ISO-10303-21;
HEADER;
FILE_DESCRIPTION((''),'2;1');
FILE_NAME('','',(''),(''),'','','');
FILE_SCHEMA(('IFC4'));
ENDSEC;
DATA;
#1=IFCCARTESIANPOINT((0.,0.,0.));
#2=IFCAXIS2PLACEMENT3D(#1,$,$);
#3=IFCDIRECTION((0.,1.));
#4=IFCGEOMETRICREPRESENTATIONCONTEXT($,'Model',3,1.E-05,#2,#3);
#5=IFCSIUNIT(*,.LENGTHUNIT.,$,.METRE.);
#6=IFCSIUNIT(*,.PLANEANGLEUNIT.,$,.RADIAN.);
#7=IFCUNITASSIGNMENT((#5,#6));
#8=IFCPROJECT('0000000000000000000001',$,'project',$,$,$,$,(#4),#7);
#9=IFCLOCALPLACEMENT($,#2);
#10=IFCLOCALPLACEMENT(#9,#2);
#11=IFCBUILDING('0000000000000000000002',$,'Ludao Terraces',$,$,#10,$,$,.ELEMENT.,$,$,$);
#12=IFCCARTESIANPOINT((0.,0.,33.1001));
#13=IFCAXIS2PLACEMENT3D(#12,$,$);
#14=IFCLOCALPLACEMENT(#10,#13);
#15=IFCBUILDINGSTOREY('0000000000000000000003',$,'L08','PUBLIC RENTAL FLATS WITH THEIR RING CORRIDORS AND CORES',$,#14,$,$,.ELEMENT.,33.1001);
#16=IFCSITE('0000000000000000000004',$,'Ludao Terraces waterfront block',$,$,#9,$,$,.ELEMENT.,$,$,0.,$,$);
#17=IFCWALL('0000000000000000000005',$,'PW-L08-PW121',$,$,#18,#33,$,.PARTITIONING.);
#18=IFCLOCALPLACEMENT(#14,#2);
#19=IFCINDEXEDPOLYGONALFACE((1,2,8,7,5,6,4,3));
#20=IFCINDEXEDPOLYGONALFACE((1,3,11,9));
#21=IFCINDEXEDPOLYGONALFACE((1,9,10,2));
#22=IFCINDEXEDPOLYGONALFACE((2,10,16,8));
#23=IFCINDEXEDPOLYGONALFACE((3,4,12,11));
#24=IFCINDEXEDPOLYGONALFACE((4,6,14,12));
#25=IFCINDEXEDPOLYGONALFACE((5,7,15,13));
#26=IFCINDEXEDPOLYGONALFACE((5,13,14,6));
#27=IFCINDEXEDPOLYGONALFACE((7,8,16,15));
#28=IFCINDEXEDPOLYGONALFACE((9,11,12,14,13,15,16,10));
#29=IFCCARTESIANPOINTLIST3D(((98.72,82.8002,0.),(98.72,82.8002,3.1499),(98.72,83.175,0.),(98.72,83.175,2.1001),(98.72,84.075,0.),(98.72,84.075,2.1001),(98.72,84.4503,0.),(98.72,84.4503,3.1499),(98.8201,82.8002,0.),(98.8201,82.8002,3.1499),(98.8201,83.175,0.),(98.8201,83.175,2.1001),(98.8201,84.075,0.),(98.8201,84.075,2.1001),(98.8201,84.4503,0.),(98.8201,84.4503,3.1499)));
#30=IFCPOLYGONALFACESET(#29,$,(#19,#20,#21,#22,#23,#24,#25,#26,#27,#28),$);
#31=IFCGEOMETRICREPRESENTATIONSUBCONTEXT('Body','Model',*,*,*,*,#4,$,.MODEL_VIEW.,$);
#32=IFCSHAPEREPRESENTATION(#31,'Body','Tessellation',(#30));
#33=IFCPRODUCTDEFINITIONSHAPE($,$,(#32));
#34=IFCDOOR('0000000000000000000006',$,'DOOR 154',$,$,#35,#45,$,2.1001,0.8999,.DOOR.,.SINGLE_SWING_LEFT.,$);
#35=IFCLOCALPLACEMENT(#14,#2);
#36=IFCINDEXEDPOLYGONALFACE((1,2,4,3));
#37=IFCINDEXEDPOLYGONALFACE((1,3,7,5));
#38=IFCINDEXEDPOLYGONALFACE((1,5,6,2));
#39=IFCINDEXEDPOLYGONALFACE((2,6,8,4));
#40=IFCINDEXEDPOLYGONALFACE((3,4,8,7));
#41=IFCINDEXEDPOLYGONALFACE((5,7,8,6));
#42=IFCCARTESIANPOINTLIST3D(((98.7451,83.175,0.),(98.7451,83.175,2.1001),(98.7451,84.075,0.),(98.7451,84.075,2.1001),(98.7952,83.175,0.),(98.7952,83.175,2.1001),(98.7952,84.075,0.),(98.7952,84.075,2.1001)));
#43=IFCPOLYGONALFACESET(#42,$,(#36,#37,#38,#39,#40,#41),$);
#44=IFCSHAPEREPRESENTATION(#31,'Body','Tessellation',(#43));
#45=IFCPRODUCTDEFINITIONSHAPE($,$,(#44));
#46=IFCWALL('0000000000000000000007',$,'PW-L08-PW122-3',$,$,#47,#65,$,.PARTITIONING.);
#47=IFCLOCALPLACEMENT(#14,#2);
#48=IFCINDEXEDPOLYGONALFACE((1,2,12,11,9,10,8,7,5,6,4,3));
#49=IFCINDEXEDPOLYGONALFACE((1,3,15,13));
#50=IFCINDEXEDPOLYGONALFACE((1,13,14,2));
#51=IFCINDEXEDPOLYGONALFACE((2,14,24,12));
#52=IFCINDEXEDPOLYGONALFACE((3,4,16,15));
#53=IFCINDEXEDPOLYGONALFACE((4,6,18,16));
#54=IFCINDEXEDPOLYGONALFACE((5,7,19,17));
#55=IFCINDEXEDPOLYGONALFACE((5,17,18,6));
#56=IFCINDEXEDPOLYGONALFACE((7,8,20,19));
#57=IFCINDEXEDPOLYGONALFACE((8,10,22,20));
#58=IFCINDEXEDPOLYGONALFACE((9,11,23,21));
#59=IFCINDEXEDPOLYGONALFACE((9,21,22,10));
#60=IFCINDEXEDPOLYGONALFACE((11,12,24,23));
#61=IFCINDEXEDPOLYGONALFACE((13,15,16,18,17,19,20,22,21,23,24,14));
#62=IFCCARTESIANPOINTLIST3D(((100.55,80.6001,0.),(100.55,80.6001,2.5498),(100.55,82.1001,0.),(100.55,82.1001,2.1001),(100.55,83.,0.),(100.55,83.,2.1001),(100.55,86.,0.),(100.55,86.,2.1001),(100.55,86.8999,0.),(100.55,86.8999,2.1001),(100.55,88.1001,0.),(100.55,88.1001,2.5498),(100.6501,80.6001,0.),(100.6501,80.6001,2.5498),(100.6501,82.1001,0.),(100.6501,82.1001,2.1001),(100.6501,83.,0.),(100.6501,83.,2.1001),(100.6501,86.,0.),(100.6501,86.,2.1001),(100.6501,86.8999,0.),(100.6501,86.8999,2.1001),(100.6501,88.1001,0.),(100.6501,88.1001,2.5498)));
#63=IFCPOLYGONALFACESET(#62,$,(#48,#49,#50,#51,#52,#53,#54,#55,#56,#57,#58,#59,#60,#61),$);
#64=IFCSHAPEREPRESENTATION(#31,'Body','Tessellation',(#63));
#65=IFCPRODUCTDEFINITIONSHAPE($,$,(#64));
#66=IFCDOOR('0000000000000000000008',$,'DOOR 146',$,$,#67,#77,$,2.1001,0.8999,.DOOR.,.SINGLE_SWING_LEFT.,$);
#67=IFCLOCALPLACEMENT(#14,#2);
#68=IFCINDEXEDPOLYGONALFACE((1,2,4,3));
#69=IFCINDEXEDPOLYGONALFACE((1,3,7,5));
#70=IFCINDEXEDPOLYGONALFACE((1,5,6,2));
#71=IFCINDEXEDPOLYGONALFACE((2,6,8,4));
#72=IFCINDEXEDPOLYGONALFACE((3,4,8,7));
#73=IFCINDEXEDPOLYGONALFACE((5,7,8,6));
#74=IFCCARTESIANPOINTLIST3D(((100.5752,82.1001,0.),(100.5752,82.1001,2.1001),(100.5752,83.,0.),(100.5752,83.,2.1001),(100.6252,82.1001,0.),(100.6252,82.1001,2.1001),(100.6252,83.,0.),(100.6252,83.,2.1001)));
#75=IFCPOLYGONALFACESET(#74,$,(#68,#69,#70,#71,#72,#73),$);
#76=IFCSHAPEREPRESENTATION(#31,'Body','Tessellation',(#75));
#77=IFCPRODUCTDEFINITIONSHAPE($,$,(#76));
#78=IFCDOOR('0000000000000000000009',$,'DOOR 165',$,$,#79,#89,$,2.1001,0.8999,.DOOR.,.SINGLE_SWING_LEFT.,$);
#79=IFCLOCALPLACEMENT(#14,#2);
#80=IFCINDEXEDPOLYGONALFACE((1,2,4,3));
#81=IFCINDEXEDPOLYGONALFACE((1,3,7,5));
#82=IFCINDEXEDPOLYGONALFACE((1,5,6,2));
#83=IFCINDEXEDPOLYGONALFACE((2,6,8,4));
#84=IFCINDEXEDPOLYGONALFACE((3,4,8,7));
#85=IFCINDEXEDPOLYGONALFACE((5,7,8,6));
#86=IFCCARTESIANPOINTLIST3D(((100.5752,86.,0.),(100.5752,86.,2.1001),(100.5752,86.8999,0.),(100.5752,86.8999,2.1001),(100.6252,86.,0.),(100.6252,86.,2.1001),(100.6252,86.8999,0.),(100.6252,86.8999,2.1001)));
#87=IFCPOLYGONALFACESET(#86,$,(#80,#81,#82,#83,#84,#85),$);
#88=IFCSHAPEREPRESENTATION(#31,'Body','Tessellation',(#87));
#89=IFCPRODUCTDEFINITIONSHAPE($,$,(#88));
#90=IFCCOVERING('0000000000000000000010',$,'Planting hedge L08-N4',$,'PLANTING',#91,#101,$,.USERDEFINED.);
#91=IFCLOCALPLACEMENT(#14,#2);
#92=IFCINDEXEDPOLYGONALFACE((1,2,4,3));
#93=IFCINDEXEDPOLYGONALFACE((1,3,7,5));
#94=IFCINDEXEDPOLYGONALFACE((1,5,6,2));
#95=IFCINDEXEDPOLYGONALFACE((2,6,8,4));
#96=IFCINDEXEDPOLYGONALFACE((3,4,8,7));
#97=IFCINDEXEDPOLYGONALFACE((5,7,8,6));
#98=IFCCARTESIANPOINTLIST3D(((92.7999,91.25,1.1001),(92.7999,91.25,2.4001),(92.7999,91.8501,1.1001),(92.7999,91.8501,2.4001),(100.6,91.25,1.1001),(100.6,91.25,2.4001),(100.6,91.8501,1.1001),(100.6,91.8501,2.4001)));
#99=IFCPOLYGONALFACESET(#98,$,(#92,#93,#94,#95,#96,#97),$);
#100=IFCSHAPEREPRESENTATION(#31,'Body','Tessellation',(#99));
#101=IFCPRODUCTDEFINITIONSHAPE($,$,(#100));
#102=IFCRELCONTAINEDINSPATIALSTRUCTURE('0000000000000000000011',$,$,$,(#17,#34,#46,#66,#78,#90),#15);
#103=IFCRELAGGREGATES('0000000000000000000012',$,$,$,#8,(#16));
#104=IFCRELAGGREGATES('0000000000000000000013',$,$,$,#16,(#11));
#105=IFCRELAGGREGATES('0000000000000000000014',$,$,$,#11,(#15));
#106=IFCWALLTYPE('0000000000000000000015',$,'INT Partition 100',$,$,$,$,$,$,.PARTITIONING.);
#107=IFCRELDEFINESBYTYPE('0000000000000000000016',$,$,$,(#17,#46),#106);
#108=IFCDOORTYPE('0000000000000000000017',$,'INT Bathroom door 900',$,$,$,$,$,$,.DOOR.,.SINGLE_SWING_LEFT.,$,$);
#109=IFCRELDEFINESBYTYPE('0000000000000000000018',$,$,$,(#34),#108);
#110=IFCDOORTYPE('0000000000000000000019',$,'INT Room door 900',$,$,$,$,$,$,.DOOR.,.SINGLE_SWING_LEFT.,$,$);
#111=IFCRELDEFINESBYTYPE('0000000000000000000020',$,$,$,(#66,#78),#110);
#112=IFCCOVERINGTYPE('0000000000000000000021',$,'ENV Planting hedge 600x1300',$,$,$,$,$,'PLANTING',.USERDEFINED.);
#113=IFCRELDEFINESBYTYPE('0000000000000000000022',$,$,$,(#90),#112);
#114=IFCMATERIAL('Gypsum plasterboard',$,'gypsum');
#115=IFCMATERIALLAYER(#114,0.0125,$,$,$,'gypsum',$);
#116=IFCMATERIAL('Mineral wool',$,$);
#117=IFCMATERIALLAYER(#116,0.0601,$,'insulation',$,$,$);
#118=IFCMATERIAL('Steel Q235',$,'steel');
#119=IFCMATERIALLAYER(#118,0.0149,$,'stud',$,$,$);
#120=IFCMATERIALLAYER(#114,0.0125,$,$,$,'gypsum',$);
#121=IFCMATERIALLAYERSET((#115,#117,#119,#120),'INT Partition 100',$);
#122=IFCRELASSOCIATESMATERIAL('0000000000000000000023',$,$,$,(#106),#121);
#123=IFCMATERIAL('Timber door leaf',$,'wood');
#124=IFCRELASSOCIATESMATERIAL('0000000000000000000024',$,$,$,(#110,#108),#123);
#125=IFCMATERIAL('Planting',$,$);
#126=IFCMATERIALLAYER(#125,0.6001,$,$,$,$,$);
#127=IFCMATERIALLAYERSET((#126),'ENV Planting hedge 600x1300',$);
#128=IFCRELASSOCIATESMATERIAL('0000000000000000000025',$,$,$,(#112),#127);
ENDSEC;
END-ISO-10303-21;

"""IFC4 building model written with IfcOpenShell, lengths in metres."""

from ifc_helpers import new_model, si_unit, direction, frame, frame_2d, origin, origin_2d, place, context, subcontext, project, spatial, rectangle, extrude, material, layer, layer_set, type_object, element, fill, save


model = new_model("IFC4")

# Units and contexts
model_context = context("Model", 3, precision=1e-05, world=origin(), true_north=direction((0.0, 1.0)))
body_context = subcontext(model_context, "Body", "Model", "MODEL_VIEW")
ifc_project = project(units=[si_unit("LENGTHUNIT", "METRE"), si_unit("PLANEANGLEUNIT", "RADIAN")], contexts=[model_context])

# Site, building, storey
site_placement = place(None, origin())
site = spatial("IfcSite", under=ifc_project, at=site_placement, Name="Ludao Terraces waterfront block", CompositionType="ELEMENT", RefElevation=0.0)
building_placement = place(site_placement, origin())
building = spatial("IfcBuilding", under=site, at=building_placement, Name="Ludao Terraces", CompositionType="ELEMENT")
storey_placement = place(building_placement, frame((0.0, 0.0, 33.1001)))
storey = spatial("IfcBuildingStorey", under=building, at=storey_placement, Name="L08", Description="PUBLIC RENTAL FLATS WITH THEIR RING CORRIDORS AND CORES", CompositionType="ELEMENT", Elevation=33.1001)

# Shared definitions
ifc_material_1 = material(Name="Gypsum plasterboard", Category="gypsum")
ifc_layer_1 = layer(ifc_material_1, 0.0125, Category="gypsum")
ifc_material_2 = material(Name="Mineral wool")
ifc_layer_2 = layer(ifc_material_2, 0.0601, Name="insulation")
ifc_material_3 = material(Name="Steel Q235", Category="steel")
ifc_layer_3 = layer(ifc_material_3, 0.0149, Name="stud")
ifc_layer_4 = layer(ifc_material_1, 0.0125, Category="gypsum")
ifc_layer_set_1 = layer_set([ifc_layer_1, ifc_layer_2, ifc_layer_3, ifc_layer_4], Name="INT Partition 100")
wall_type_1 = type_object("IfcWallType", Name="INT Partition 100", PredefinedType="PARTITIONING", material=ifc_layer_set_1)

# Wall, opening, door
ifc_material_4 = material(Name="Timber door leaf", Category="wood")
door_type_1 = type_object("IfcDoorType", Name="INT Room door 900", OperationType="SINGLE_SWING_LEFT", PredefinedType="DOOR", material=ifc_material_4)
wall_1_placement = place(storey_placement, frame((98.77, 82.8, 0.0), z_axis=(0.0, 0.0, 1.0), x_axis=(0.0, 1.0, 0.0)))
wall_1 = element("IfcWall", 1, at=wall_1_placement, inside=storey, type_object=wall_type_1, Name="PW-L08-PW121", PredefinedType="PARTITIONING", context=body_context, shape_type="SweptSolid", body=[
    extrude(rectangle(XDim=1.6501, YDim=0.1001, at=frame_2d((0.8252, 0.0))), origin(), (0.0, 0.0, 1.0), 3.1499),
])
opening_1_placement = place(wall_1_placement, frame((0.375, 0.0, 0.0)))
opening_1 = element("IfcOpeningElement", 2, at=opening_1_placement, cuts=wall_1, PredefinedType="OPENING", context=body_context, shape_type="SweptSolid", body=[
    extrude(rectangle(XDim=0.8999, YDim=2.1001, at=frame_2d((0.45, 1.05))), frame((0.0, 0.0601, 0.0), z_axis=(0.0, -1.0, 0.0), x_axis=(1.0, 0.0, 0.0)), (0.0, 0.0, 1.0), 0.1201),
])
door_type_2 = type_object("IfcDoorType", Name="INT Bathroom door 900", OperationType="SINGLE_SWING_LEFT", PredefinedType="DOOR", material=ifc_material_4)
door_1_placement = place(opening_1_placement, origin())
door_1 = element("IfcDoor", 3, at=door_1_placement, inside=storey, type_object=door_type_2, Name="DOOR 154", OperationType="SINGLE_SWING_LEFT", OverallHeight=2.1001, OverallWidth=0.8999, PredefinedType="DOOR", context=body_context, shape_type="SweptSolid", body=[
    extrude(rectangle(XDim=0.8999, YDim=2.1001, at=frame_2d((0.45, 1.05))), frame((0.0, 0.0249, 0.0), z_axis=(0.0, -1.0, 0.0), x_axis=(1.0, 0.0, 0.0)), (0.0, 0.0, 1.0), 0.05),
])
fill(opening_1, door_1)

# Wall, openings, doors
wall_2_placement = place(storey_placement, frame((100.6001, 80.6001, 0.0), z_axis=(0.0, 0.0, 1.0), x_axis=(0.0, 1.0, 0.0)))
wall_2 = element("IfcWall", 4, at=wall_2_placement, inside=storey, type_object=wall_type_1, Name="PW-L08-PW122-3", PredefinedType="PARTITIONING", context=body_context, shape_type="SweptSolid", body=[
    extrude(rectangle(XDim=7.5, YDim=0.1001, at=frame_2d((3.75, 0.0))), origin(), (0.0, 0.0, 1.0), 2.5498),
])
opening_2_placement = place(wall_2_placement, frame((1.5, 0.0, 0.0)))
opening_2 = element("IfcOpeningElement", 5, at=opening_2_placement, cuts=wall_2, PredefinedType="OPENING", context=body_context, shape_type="SweptSolid", body=[
    extrude(rectangle(XDim=0.8999, YDim=2.1001, at=frame_2d((0.45, 1.05))), frame((0.0, 0.0601, 0.0), z_axis=(0.0, -1.0, 0.0), x_axis=(1.0, 0.0, 0.0)), (0.0, 0.0, 1.0), 0.1201),
])
opening_3_placement = place(wall_2_placement, frame((5.3999, 0.0, 0.0)))
opening_3 = element("IfcOpeningElement", 6, at=opening_3_placement, cuts=wall_2, PredefinedType="OPENING", context=body_context, shape_type="SweptSolid", body=[
    extrude(rectangle(XDim=0.8999, YDim=2.1001, at=frame_2d((0.45, 1.05))), frame((0.0, 0.0601, 0.0), z_axis=(0.0, -1.0, 0.0), x_axis=(1.0, 0.0, 0.0)), (0.0, 0.0, 1.0), 0.1201),
])
door_2_placement = place(opening_2_placement, origin())
door_2 = element("IfcDoor", 7, at=door_2_placement, inside=storey, type_object=door_type_1, Name="DOOR 146", OperationType="SINGLE_SWING_LEFT", OverallHeight=2.1001, OverallWidth=0.8999, PredefinedType="DOOR", context=body_context, shape_type="SweptSolid", body=[
    extrude(rectangle(XDim=0.8999, YDim=2.1001, at=frame_2d((0.45, 1.05))), frame((0.0, 0.0249, 0.0), z_axis=(0.0, -1.0, 0.0), x_axis=(1.0, 0.0, 0.0)), (0.0, 0.0, 1.0), 0.05),
])
fill(opening_2, door_2)
door_3_placement = place(opening_3_placement, origin())
door_3 = element("IfcDoor", 8, at=door_3_placement, inside=storey, type_object=door_type_1, Name="DOOR 165", OperationType="SINGLE_SWING_LEFT", OverallHeight=2.1001, OverallWidth=0.8999, PredefinedType="DOOR", context=body_context, shape_type="SweptSolid", body=[
    extrude(rectangle(XDim=0.8999, YDim=2.1001, at=frame_2d((0.45, 1.05))), frame((0.0, 0.0249, 0.0), z_axis=(0.0, -1.0, 0.0), x_axis=(1.0, 0.0, 0.0)), (0.0, 0.0, 1.0), 0.05),
])
fill(opening_3, door_3)

# Covering
ifc_material_5 = material(Name="Planting")
ifc_layer_5 = layer(ifc_material_5, 0.6001)
ifc_layer_set_2 = layer_set([ifc_layer_5], Name="ENV Planting hedge 600x1300")
covering_type = type_object("IfcCoveringType", Name="ENV Planting hedge 600x1300", ElementType="PLANTING", PredefinedType="USERDEFINED", material=ifc_layer_set_2)
covering_placement = place(storey_placement, frame((96.7, 91.55, 1.1001), z_axis=(0.0, 0.0, 1.0), x_axis=(1.0, 0.0, 0.0)))
element("IfcCovering", 9, at=covering_placement, inside=storey, type_object=covering_type, Name="Planting hedge L08-N4", ObjectType="PLANTING", PredefinedType="USERDEFINED", context=body_context, shape_type="SweptSolid", body=[
    extrude(rectangle(XDim=7.8, YDim=0.6001, at=origin_2d()), origin(), (0.0, 0.0, 1.0), 1.3),
])

save(model, "model.ifc")
